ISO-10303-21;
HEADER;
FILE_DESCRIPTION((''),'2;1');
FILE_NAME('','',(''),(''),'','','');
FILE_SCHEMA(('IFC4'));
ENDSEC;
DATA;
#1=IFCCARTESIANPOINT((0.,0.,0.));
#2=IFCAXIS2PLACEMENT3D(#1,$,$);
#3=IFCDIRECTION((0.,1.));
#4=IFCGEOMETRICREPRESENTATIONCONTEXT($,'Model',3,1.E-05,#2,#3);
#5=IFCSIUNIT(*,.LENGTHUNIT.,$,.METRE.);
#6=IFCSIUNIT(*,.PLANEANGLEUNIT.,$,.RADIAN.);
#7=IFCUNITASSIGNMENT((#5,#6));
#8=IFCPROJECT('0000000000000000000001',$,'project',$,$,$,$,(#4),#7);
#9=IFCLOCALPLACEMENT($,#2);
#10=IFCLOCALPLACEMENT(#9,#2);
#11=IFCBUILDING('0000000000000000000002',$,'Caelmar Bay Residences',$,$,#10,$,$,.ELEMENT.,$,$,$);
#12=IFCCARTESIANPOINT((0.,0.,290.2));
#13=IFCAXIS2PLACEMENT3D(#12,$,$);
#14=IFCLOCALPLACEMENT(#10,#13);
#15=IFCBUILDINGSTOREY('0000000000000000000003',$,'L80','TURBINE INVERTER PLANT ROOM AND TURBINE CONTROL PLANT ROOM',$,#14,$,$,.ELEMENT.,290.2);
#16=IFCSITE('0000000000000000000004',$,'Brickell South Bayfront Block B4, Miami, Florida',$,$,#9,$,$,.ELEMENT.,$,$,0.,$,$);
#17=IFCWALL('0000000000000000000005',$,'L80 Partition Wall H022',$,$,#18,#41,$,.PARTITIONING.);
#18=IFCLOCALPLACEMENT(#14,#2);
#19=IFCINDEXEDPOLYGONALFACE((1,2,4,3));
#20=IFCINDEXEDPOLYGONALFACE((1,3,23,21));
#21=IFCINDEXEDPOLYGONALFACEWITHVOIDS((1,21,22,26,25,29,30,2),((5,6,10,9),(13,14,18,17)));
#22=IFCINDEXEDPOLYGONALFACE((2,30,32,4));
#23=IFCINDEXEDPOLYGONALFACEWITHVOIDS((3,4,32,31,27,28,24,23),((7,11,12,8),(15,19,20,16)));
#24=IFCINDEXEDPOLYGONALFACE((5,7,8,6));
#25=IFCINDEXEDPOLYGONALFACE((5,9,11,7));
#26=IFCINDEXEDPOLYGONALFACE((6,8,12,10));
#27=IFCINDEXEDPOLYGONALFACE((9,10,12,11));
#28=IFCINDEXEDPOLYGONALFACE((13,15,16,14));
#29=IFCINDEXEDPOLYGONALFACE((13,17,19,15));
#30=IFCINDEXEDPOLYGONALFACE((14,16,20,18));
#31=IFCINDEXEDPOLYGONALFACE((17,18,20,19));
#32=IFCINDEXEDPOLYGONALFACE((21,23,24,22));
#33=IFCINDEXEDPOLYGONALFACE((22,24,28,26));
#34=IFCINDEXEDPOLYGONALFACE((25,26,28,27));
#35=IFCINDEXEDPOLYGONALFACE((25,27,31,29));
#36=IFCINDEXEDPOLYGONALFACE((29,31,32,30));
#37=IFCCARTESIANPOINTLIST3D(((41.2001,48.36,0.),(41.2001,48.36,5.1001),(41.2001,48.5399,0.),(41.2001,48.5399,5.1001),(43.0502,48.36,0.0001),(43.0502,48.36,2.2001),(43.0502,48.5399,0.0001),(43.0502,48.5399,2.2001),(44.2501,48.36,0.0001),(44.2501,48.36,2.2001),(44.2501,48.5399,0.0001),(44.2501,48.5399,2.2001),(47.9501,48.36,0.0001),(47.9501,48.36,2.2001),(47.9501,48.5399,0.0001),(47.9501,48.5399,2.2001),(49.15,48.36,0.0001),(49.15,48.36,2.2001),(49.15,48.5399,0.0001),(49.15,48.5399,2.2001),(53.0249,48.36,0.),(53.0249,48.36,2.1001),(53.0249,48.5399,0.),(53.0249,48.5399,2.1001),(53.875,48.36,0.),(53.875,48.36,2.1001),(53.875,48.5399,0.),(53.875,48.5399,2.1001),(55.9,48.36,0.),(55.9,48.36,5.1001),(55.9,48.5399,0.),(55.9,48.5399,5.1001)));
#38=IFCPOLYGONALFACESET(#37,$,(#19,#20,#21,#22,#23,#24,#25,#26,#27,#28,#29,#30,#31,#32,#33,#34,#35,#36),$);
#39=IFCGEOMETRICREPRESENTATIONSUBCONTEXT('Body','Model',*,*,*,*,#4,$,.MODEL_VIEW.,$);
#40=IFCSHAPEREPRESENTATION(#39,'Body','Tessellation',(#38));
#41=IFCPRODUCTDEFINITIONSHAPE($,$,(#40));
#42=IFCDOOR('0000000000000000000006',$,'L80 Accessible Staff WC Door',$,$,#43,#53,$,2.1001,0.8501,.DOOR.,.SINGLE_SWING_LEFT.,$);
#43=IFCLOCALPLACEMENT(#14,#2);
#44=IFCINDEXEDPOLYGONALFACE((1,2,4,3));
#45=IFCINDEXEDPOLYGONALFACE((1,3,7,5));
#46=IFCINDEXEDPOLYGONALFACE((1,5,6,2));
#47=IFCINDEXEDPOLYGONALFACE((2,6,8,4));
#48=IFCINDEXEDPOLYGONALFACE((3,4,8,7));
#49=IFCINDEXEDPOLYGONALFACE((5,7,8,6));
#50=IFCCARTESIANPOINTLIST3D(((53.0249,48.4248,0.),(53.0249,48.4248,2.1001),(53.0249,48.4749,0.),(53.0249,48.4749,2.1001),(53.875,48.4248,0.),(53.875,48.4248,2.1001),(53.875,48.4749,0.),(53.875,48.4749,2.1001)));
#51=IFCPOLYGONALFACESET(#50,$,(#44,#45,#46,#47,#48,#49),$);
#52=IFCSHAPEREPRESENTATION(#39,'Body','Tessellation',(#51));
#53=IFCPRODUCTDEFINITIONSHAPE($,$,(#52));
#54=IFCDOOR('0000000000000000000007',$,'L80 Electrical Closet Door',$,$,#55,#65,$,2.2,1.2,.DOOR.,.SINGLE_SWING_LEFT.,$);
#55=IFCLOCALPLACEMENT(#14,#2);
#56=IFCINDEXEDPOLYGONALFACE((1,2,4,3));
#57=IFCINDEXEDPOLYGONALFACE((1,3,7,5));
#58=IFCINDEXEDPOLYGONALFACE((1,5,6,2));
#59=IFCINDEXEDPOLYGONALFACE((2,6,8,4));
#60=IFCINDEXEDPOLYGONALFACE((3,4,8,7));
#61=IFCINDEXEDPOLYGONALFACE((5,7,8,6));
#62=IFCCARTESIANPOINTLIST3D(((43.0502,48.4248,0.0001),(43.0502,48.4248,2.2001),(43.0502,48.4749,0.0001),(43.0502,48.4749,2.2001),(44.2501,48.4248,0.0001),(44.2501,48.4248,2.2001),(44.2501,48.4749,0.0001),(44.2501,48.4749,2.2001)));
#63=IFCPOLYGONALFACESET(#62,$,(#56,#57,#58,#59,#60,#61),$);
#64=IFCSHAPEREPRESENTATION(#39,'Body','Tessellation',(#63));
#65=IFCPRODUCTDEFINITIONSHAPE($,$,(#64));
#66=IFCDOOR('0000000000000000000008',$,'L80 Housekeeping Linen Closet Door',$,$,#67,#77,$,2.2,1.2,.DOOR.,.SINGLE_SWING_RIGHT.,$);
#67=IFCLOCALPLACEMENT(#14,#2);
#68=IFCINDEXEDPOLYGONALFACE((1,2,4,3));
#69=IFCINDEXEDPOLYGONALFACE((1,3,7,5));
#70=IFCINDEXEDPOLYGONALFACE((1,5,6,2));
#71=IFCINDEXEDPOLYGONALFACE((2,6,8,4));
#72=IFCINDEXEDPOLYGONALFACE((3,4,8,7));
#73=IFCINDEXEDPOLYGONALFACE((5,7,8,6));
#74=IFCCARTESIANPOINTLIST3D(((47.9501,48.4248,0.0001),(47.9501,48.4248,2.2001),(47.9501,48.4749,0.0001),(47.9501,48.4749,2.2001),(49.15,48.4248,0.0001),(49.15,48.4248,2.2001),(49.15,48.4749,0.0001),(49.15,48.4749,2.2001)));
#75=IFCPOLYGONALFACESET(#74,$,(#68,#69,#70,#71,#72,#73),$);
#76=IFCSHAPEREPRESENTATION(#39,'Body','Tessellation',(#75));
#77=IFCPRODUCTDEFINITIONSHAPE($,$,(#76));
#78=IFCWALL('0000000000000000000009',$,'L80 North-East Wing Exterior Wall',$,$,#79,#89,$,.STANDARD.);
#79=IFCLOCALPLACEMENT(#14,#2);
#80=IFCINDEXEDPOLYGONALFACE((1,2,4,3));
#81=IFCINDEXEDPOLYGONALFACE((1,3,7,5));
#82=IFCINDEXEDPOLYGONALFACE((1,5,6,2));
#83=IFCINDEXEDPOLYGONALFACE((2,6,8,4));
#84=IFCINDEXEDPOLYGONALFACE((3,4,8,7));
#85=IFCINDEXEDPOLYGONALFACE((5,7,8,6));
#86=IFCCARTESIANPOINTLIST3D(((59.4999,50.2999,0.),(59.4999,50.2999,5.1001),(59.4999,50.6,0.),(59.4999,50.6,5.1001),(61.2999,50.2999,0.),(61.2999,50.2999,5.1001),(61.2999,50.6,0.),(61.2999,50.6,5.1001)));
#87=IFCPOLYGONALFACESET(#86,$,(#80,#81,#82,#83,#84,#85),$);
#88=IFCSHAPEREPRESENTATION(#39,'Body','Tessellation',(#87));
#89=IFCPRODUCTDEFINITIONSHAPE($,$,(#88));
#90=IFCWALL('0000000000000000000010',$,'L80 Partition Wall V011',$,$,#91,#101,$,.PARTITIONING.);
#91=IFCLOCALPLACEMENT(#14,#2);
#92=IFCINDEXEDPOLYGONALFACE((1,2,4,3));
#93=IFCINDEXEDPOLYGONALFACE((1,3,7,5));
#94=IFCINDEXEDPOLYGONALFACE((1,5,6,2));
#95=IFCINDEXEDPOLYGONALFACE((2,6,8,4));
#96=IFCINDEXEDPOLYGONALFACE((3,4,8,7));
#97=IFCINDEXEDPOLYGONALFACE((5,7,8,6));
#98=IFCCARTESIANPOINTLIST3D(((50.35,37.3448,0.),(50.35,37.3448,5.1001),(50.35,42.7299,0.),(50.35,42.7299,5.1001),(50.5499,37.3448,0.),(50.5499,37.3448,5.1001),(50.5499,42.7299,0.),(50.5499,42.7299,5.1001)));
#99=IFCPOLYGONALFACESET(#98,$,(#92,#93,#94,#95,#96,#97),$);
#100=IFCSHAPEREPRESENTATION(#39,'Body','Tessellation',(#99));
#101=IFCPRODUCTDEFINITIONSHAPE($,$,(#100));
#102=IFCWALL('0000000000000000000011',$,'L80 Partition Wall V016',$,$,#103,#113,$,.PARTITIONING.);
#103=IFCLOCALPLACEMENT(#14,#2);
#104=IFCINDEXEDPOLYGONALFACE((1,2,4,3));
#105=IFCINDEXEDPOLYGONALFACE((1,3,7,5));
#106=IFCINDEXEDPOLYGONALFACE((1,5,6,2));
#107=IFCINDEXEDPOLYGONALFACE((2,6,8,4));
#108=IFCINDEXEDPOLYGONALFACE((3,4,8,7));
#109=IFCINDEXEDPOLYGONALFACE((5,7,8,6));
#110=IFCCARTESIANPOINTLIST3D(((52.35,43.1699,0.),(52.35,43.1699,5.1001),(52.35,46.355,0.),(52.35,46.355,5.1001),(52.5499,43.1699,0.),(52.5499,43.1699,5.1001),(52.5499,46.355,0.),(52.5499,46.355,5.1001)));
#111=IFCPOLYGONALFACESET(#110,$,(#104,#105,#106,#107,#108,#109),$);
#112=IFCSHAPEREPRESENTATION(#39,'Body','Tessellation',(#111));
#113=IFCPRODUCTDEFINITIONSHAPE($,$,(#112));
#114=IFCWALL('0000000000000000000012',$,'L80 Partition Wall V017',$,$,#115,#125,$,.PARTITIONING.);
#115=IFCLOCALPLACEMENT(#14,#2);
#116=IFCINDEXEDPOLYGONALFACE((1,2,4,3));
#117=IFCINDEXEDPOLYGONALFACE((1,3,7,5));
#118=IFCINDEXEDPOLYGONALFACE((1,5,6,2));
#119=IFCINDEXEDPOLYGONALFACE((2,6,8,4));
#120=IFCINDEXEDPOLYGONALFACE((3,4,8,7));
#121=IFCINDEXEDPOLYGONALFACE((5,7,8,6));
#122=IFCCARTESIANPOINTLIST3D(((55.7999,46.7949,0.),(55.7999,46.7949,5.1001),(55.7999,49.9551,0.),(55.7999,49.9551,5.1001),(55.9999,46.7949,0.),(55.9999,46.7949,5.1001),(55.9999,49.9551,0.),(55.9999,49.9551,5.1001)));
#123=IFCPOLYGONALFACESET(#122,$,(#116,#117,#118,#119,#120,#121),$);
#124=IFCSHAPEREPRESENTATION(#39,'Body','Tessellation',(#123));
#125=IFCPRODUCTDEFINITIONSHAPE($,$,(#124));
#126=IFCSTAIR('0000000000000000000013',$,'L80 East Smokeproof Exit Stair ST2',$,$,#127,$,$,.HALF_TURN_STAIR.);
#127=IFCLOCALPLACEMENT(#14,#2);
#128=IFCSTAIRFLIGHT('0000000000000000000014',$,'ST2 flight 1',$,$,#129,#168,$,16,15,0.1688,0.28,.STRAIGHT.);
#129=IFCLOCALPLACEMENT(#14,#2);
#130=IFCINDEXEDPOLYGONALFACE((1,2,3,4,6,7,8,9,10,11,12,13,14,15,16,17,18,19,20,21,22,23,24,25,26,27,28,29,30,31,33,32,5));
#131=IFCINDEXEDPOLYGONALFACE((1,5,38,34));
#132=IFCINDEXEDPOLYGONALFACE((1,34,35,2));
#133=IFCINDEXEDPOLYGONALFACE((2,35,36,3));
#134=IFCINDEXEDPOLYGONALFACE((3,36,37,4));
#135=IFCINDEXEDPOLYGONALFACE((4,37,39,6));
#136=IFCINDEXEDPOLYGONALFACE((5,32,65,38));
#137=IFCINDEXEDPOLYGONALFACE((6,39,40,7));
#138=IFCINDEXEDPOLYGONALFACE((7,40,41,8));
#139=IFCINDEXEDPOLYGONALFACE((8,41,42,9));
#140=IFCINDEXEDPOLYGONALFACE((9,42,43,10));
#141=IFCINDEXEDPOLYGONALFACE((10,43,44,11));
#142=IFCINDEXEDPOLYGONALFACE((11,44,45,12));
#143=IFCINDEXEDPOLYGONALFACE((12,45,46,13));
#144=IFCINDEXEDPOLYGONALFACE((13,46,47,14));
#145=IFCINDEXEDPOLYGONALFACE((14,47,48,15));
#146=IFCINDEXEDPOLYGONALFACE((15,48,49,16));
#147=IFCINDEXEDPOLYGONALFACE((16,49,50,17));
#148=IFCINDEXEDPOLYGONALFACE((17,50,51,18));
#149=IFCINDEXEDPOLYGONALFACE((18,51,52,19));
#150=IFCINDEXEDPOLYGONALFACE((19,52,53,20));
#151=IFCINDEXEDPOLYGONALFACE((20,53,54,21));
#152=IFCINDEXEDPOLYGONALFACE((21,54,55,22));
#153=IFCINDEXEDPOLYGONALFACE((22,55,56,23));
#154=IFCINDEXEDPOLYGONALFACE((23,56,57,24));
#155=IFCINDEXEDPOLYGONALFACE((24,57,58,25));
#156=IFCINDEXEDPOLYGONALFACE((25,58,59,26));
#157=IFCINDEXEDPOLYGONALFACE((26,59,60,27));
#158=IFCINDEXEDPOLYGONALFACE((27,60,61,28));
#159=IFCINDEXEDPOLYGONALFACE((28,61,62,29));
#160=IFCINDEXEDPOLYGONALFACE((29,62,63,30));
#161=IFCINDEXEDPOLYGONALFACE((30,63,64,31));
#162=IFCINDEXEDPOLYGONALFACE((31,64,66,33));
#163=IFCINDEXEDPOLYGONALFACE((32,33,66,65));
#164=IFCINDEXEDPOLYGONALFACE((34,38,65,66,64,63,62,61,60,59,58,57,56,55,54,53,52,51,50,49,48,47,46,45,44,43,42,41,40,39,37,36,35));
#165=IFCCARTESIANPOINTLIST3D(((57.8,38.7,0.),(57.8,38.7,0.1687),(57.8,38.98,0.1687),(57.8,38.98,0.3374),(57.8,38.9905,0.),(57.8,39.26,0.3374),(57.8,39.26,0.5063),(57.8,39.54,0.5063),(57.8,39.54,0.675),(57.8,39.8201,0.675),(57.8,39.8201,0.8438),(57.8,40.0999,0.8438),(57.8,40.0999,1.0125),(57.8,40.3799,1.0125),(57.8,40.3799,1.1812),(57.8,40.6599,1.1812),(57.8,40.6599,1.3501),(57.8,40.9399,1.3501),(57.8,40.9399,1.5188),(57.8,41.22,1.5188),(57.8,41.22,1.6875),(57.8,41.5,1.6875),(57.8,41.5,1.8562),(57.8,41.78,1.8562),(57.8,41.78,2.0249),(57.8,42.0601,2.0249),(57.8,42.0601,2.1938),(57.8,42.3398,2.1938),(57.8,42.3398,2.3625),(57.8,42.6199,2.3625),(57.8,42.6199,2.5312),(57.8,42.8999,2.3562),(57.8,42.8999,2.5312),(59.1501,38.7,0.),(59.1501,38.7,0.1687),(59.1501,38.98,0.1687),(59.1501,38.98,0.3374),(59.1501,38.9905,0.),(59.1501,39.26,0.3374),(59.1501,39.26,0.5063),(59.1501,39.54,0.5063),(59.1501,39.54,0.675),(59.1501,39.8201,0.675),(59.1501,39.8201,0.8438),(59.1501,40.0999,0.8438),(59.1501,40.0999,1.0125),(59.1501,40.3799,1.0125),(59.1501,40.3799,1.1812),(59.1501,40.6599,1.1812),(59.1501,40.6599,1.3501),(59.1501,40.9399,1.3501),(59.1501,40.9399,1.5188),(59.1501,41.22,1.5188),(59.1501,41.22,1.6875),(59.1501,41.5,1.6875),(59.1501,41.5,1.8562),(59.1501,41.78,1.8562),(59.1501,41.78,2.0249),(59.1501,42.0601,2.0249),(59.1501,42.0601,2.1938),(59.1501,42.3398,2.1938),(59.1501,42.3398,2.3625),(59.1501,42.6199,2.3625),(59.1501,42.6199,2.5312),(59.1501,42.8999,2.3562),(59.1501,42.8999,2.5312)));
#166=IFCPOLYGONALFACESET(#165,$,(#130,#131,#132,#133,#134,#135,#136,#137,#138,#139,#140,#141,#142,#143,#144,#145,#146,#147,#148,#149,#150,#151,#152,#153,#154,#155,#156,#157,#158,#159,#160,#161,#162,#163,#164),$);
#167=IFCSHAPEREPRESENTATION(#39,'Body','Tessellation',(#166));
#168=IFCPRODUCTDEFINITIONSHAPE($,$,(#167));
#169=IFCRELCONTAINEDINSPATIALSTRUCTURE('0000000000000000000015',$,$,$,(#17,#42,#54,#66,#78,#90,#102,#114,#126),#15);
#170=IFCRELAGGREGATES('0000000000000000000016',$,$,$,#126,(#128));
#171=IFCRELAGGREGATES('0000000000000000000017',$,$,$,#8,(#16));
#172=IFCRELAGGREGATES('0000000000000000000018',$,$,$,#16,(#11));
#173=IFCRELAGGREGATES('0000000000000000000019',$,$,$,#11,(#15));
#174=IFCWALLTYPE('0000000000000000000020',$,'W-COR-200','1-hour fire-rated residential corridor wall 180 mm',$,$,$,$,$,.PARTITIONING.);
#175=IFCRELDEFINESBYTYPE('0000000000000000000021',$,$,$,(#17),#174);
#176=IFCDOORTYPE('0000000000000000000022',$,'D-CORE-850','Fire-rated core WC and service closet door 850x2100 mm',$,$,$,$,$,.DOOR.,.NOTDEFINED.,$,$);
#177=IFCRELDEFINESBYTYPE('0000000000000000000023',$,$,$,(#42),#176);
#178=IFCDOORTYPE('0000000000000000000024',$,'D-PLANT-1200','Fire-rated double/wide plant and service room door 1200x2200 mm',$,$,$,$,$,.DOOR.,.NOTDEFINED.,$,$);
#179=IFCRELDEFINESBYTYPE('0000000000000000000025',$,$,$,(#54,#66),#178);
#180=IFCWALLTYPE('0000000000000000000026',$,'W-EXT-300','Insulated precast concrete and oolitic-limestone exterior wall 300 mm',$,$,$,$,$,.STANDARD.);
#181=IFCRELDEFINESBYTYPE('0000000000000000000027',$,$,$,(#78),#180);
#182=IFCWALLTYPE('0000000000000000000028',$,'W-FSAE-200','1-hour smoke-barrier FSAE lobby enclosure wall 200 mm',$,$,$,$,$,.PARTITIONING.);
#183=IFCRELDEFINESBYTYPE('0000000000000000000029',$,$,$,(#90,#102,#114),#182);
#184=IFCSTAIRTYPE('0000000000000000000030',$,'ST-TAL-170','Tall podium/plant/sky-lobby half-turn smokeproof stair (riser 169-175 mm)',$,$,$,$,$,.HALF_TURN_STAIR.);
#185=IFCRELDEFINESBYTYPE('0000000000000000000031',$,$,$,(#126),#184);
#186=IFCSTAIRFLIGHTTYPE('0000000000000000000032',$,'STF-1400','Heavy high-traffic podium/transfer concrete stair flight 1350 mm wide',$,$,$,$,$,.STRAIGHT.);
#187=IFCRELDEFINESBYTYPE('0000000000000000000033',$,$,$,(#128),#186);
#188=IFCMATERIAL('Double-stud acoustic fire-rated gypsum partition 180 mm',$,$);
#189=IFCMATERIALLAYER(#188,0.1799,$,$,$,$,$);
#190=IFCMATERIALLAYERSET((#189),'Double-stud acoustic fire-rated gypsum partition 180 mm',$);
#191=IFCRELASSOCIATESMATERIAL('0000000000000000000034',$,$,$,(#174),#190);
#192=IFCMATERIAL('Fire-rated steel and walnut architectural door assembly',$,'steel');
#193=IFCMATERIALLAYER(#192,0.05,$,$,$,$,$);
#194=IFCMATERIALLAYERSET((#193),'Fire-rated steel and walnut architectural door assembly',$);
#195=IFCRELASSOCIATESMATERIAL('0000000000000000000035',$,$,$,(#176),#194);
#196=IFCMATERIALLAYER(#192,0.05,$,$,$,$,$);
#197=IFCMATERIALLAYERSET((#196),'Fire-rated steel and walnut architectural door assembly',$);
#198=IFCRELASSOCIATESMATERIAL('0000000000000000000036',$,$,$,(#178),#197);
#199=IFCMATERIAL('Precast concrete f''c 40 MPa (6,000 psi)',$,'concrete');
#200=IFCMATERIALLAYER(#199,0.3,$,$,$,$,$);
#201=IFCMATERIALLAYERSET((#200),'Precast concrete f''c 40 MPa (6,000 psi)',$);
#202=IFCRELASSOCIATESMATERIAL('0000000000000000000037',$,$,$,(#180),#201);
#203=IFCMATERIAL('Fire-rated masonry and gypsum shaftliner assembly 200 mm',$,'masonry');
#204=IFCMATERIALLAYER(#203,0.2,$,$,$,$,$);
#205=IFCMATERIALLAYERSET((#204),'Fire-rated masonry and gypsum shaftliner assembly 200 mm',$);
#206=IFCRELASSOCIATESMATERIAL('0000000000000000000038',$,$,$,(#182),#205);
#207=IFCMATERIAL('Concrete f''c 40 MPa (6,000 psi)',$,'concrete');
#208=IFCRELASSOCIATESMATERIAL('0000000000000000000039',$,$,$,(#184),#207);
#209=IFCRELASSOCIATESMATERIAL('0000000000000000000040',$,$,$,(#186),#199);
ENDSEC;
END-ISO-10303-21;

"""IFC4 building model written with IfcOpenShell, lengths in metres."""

from ifc_helpers import new_model, si_unit, direction, frame, frame_2d, origin, place, context, subcontext, project, spatial, polyline, rectangle, outline, extrude, material, layer, layer_set, type_object, element, fill, aggregate, save


model = new_model("IFC4")

# Units and contexts
model_context = context("Model", 3, precision=1e-05, world=origin(), true_north=direction((0.0, 1.0)))
body_context = subcontext(model_context, "Body", "Model", "MODEL_VIEW")
ifc_project = project(units=[si_unit("LENGTHUNIT", "METRE"), si_unit("PLANEANGLEUNIT", "RADIAN")], contexts=[model_context])

# Site, building, storey
site_placement = place(None, origin())
site = spatial("IfcSite", under=ifc_project, at=site_placement, Name="Brickell South Bayfront Block B4, Miami, Florida", CompositionType="ELEMENT", RefElevation=0.0)
building_placement = place(site_placement, origin())
building = spatial("IfcBuilding", under=site, at=building_placement, Name="Caelmar Bay Residences", CompositionType="ELEMENT")
storey_placement = place(building_placement, frame((0.0, 0.0, 290.2)))
storey = spatial("IfcBuildingStorey", under=building, at=storey_placement, Name="L80", Description="TURBINE INVERTER PLANT ROOM AND TURBINE CONTROL PLANT ROOM", CompositionType="ELEMENT", Elevation=290.2)

# Shared definitions
ifc_material_1 = material(Name="Fire-rated steel and walnut architectural door assembly", Category="steel")
ifc_material_2 = material(Name="Double-stud acoustic fire-rated gypsum partition 180 mm")
ifc_layer_1 = layer(ifc_material_2, 0.1799)
ifc_layer_set_1 = layer_set([ifc_layer_1], Name="Double-stud acoustic fire-rated gypsum partition 180 mm")
wall_type_1 = type_object("IfcWallType", Name="W-COR-200", Description="1-hour fire-rated residential corridor wall 180 mm", PredefinedType="PARTITIONING", material=ifc_layer_set_1)

# Wall, openings, doors
wall_1_placement = place(storey_placement, frame((41.2, 48.45, 0.0), z_axis=(0.0, 0.0, 1.0), x_axis=(1.0, 0.0, 0.0)))
wall_1 = element("IfcWall", 1, at=wall_1_placement, inside=storey, type_object=wall_type_1, Name="L80 Partition Wall H022", PredefinedType="PARTITIONING", context=body_context, shape_type="SweptSolid", body=[
    extrude(rectangle(XDim=14.7, YDim=0.1799, at=frame_2d((7.3501, 0.0))), origin(), (0.0, 0.0, 1.0), 5.1001),
])
opening_1_placement = place(wall_1_placement, frame((1.8501, 0.0, 0.0)))
opening_1 = element("IfcOpeningElement", 2, at=opening_1_placement, cuts=wall_1, PredefinedType="OPENING", context=body_context, shape_type="SweptSolid", body=[
    extrude(rectangle(XDim=1.2, YDim=2.2, at=frame_2d((0.6001, 1.1001))), frame((0.0, 0.0999, 0.0), z_axis=(0.0, -1.0, 0.0), x_axis=(1.0, 0.0, 0.0)), (0.0, 0.0, 1.0), 0.2),
])
opening_2_placement = place(wall_1_placement, frame((6.75, 0.0, 0.0)))
opening_2 = element("IfcOpeningElement", 3, at=opening_2_placement, cuts=wall_1, PredefinedType="OPENING", context=body_context, shape_type="SweptSolid", body=[
    extrude(rectangle(XDim=1.2, YDim=2.2, at=frame_2d((0.6001, 1.1001))), frame((0.0, 0.0999, 0.0), z_axis=(0.0, -1.0, 0.0), x_axis=(1.0, 0.0, 0.0)), (0.0, 0.0, 1.0), 0.2),
])
opening_3_placement = place(wall_1_placement, frame((11.825, 0.0, 0.0)))
opening_3 = element("IfcOpeningElement", 4, at=opening_3_placement, cuts=wall_1, PredefinedType="OPENING", context=body_context, shape_type="SweptSolid", body=[
    extrude(rectangle(XDim=0.8501, YDim=2.1001, at=frame_2d((0.425, 1.05))), frame((0.0, 0.0999, 0.0), z_axis=(0.0, -1.0, 0.0), x_axis=(1.0, 0.0, 0.0)), (0.0, 0.0, 1.0), 0.2),
])
ifc_layer_2 = layer(ifc_material_1, 0.05)
ifc_layer_set_2 = layer_set([ifc_layer_2], Name="Fire-rated steel and walnut architectural door assembly")
door_type_1 = type_object("IfcDoorType", Name="D-CORE-850", Description="Fire-rated core WC and service closet door 850x2100 mm", OperationType="NOTDEFINED", PredefinedType="DOOR", material=ifc_layer_set_2)
door_1_placement = place(opening_3_placement, origin())
door_1 = element("IfcDoor", 5, at=door_1_placement, inside=storey, type_object=door_type_1, Name="L80 Accessible Staff WC Door", OperationType="SINGLE_SWING_LEFT", OverallHeight=2.1001, OverallWidth=0.8501, PredefinedType="DOOR", context=body_context, shape_type="SweptSolid", body=[
    extrude(rectangle(XDim=0.8501, YDim=2.1001, at=frame_2d((0.425, 1.05))), frame((0.0, 0.0249, 0.0), z_axis=(0.0, -1.0, 0.0), x_axis=(1.0, 0.0, 0.0)), (0.0, 0.0, 1.0), 0.05),
])
fill(opening_3, door_1)
ifc_layer_3 = layer(ifc_material_1, 0.05)
ifc_layer_set_3 = layer_set([ifc_layer_3], Name="Fire-rated steel and walnut architectural door assembly")
door_type_2 = type_object("IfcDoorType", Name="D-PLANT-1200", Description="Fire-rated double/wide plant and service room door 1200x2200 mm", OperationType="NOTDEFINED", PredefinedType="DOOR", material=ifc_layer_set_3)
door_2_placement = place(opening_1_placement, origin())
door_2 = element("IfcDoor", 6, at=door_2_placement, inside=storey, type_object=door_type_2, Name="L80 Electrical Closet Door", OperationType="SINGLE_SWING_LEFT", OverallHeight=2.2, OverallWidth=1.2, PredefinedType="DOOR", context=body_context, shape_type="SweptSolid", body=[
    extrude(rectangle(XDim=1.2, YDim=2.2, at=frame_2d((0.6001, 1.1001))), frame((0.0, 0.0249, 0.0), z_axis=(0.0, -1.0, 0.0), x_axis=(1.0, 0.0, 0.0)), (0.0, 0.0, 1.0), 0.05),
])
fill(opening_1, door_2)
door_3_placement = place(opening_2_placement, origin())
door_3 = element("IfcDoor", 7, at=door_3_placement, inside=storey, type_object=door_type_2, Name="L80 Housekeeping Linen Closet Door", OperationType="SINGLE_SWING_RIGHT", OverallHeight=2.2, OverallWidth=1.2, PredefinedType="DOOR", context=body_context, shape_type="SweptSolid", body=[
    extrude(rectangle(XDim=1.2, YDim=2.2, at=frame_2d((0.6001, 1.1001))), frame((0.0, 0.0249, 0.0), z_axis=(0.0, -1.0, 0.0), x_axis=(1.0, 0.0, 0.0)), (0.0, 0.0, 1.0), 0.05),
])
fill(opening_2, door_3)

# Walls
ifc_material_3 = material(Name="Precast concrete f'c 40 MPa (6,000 psi)", Category="concrete")
ifc_layer_4 = layer(ifc_material_3, 0.3)
ifc_layer_set_4 = layer_set([ifc_layer_4], Name="Precast concrete f'c 40 MPa (6,000 psi)")
wall_type_2 = type_object("IfcWallType", Name="W-EXT-300", Description="Insulated precast concrete and oolitic-limestone exterior wall 300 mm", PredefinedType="STANDARD", material=ifc_layer_set_4)
wall_2_placement = place(storey_placement, frame((59.5, 50.45, 0.0), z_axis=(0.0, 0.0, 1.0), x_axis=(1.0, 0.0, 0.0)))
element("IfcWall", 8, at=wall_2_placement, inside=storey, type_object=wall_type_2, Name="L80 North-East Wing Exterior Wall", PredefinedType="STANDARD", context=body_context, shape_type="SweptSolid", body=[
    extrude(rectangle(XDim=1.8, YDim=0.3, at=frame_2d((0.8999, 0.0))), origin(), (0.0, 0.0, 1.0), 5.1001),
])
ifc_material_4 = material(Name="Fire-rated masonry and gypsum shaftliner assembly 200 mm", Category="masonry")
ifc_layer_5 = layer(ifc_material_4, 0.2)
ifc_layer_set_5 = layer_set([ifc_layer_5], Name="Fire-rated masonry and gypsum shaftliner assembly 200 mm")
wall_type_3 = type_object("IfcWallType", Name="W-FSAE-200", Description="1-hour smoke-barrier FSAE lobby enclosure wall 200 mm", PredefinedType="PARTITIONING", material=ifc_layer_set_5)
wall_3_placement = place(storey_placement, frame((50.45, 37.345, 0.0), z_axis=(0.0, 0.0, 1.0), x_axis=(0.0, 1.0, 0.0)))
element("IfcWall", 9, at=wall_3_placement, inside=storey, type_object=wall_type_3, Name="L80 Partition Wall V011", PredefinedType="PARTITIONING", context=body_context, shape_type="SweptSolid", body=[
    extrude(rectangle(XDim=5.385, YDim=0.2, at=frame_2d((2.6924, 0.0))), origin(), (0.0, 0.0, 1.0), 5.1001),
])
wall_4_placement = place(storey_placement, frame((52.45, 43.1699, 0.0), z_axis=(0.0, 0.0, 1.0), x_axis=(0.0, 1.0, 0.0)))
element("IfcWall", 10, at=wall_4_placement, inside=storey, type_object=wall_type_3, Name="L80 Partition Wall V016", PredefinedType="PARTITIONING", context=body_context, shape_type="SweptSolid", body=[
    extrude(rectangle(XDim=3.1851, YDim=0.2, at=frame_2d((1.5925, 0.0))), origin(), (0.0, 0.0, 1.0), 5.1001),
])
wall_5_placement = place(storey_placement, frame((55.8999, 46.7949, 0.0), z_axis=(0.0, 0.0, 1.0), x_axis=(0.0, 1.0, 0.0)))
element("IfcWall", 11, at=wall_5_placement, inside=storey, type_object=wall_type_3, Name="L80 Partition Wall V017", PredefinedType="PARTITIONING", context=body_context, shape_type="SweptSolid", body=[
    extrude(rectangle(XDim=3.1602, YDim=0.2, at=frame_2d((1.5801, 0.0))), origin(), (0.0, 0.0, 1.0), 5.1001),
])

# Stair, stair flight
ifc_material_5 = material(Name="Concrete f'c 40 MPa (6,000 psi)", Category="concrete")
stair_type = type_object("IfcStairType", Name="ST-TAL-170", Description="Tall podium/plant/sky-lobby half-turn smokeproof stair (riser 169-175 mm)", PredefinedType="HALF_TURN_STAIR", material=ifc_material_5)
stair_placement = place(storey_placement, origin())
stair = element("IfcStair", 12, at=stair_placement, inside=storey, type_object=stair_type, Name="L80 East Smokeproof Exit Stair ST2", PredefinedType="HALF_TURN_STAIR")
stair_flight_type = type_object("IfcStairFlightType", Name="STF-1400", Description="Heavy high-traffic podium/transfer concrete stair flight 1350 mm wide", PredefinedType="STRAIGHT", material=ifc_material_3)
stair_flight_1_placement = place(storey_placement, frame((58.4751, 38.7, 0.0), z_axis=(0.0, 0.0, 1.0), x_axis=(0.0, 1.0, 0.0)))
stair_flight_1 = element("IfcStairFlight", 13, at=stair_flight_1_placement, type_object=stair_flight_type, Name="ST2 flight 1", NumberOfRisers=16, NumberOfTreads=15, PredefinedType="STRAIGHT", RiserHeight=0.1688, TreadLength=0.28, context=body_context, shape_type="SweptSolid", body=[
    extrude(outline(polyline([(0.0, 0.0), (0.0, 0.1687), (0.28, 0.1687), (0.28, 0.3374), (0.5601, 0.3374), (0.5601, 0.5063), (0.8401, 0.5063), (0.8401, 0.675), (1.1201, 0.675), (1.1201, 0.8438), (1.3999, 0.8438), (1.3999, 1.0125), (1.6799, 1.0125), (1.6799, 1.1812), (1.96, 1.1812), (1.96, 1.3501), (2.24, 1.3501), (2.24, 1.5188), (2.52, 1.5188), (2.52, 1.6875), (2.8, 1.6875), (2.8, 1.8562), (3.0801, 1.8562), (3.0801, 2.0249), (3.3601, 2.0249), (3.3601, 2.1938), (3.6399, 2.1938), (3.6399, 2.3625), (3.9199, 2.3625), (3.9199, 2.5312), (4.2, 2.5312), (4.2, 2.7), (4.2, 2.3562), (0.2905, 0.0), (0.0, 0.0)])), frame((0.0, 0.675, 0.0), z_axis=(0.0, -1.0, 0.0), x_axis=(1.0, 0.0, 0.0)), (0.0, 0.0, 1.0), 1.3501),
])
aggregate(stair, [stair_flight_1])

save(model, "model.ifc")
